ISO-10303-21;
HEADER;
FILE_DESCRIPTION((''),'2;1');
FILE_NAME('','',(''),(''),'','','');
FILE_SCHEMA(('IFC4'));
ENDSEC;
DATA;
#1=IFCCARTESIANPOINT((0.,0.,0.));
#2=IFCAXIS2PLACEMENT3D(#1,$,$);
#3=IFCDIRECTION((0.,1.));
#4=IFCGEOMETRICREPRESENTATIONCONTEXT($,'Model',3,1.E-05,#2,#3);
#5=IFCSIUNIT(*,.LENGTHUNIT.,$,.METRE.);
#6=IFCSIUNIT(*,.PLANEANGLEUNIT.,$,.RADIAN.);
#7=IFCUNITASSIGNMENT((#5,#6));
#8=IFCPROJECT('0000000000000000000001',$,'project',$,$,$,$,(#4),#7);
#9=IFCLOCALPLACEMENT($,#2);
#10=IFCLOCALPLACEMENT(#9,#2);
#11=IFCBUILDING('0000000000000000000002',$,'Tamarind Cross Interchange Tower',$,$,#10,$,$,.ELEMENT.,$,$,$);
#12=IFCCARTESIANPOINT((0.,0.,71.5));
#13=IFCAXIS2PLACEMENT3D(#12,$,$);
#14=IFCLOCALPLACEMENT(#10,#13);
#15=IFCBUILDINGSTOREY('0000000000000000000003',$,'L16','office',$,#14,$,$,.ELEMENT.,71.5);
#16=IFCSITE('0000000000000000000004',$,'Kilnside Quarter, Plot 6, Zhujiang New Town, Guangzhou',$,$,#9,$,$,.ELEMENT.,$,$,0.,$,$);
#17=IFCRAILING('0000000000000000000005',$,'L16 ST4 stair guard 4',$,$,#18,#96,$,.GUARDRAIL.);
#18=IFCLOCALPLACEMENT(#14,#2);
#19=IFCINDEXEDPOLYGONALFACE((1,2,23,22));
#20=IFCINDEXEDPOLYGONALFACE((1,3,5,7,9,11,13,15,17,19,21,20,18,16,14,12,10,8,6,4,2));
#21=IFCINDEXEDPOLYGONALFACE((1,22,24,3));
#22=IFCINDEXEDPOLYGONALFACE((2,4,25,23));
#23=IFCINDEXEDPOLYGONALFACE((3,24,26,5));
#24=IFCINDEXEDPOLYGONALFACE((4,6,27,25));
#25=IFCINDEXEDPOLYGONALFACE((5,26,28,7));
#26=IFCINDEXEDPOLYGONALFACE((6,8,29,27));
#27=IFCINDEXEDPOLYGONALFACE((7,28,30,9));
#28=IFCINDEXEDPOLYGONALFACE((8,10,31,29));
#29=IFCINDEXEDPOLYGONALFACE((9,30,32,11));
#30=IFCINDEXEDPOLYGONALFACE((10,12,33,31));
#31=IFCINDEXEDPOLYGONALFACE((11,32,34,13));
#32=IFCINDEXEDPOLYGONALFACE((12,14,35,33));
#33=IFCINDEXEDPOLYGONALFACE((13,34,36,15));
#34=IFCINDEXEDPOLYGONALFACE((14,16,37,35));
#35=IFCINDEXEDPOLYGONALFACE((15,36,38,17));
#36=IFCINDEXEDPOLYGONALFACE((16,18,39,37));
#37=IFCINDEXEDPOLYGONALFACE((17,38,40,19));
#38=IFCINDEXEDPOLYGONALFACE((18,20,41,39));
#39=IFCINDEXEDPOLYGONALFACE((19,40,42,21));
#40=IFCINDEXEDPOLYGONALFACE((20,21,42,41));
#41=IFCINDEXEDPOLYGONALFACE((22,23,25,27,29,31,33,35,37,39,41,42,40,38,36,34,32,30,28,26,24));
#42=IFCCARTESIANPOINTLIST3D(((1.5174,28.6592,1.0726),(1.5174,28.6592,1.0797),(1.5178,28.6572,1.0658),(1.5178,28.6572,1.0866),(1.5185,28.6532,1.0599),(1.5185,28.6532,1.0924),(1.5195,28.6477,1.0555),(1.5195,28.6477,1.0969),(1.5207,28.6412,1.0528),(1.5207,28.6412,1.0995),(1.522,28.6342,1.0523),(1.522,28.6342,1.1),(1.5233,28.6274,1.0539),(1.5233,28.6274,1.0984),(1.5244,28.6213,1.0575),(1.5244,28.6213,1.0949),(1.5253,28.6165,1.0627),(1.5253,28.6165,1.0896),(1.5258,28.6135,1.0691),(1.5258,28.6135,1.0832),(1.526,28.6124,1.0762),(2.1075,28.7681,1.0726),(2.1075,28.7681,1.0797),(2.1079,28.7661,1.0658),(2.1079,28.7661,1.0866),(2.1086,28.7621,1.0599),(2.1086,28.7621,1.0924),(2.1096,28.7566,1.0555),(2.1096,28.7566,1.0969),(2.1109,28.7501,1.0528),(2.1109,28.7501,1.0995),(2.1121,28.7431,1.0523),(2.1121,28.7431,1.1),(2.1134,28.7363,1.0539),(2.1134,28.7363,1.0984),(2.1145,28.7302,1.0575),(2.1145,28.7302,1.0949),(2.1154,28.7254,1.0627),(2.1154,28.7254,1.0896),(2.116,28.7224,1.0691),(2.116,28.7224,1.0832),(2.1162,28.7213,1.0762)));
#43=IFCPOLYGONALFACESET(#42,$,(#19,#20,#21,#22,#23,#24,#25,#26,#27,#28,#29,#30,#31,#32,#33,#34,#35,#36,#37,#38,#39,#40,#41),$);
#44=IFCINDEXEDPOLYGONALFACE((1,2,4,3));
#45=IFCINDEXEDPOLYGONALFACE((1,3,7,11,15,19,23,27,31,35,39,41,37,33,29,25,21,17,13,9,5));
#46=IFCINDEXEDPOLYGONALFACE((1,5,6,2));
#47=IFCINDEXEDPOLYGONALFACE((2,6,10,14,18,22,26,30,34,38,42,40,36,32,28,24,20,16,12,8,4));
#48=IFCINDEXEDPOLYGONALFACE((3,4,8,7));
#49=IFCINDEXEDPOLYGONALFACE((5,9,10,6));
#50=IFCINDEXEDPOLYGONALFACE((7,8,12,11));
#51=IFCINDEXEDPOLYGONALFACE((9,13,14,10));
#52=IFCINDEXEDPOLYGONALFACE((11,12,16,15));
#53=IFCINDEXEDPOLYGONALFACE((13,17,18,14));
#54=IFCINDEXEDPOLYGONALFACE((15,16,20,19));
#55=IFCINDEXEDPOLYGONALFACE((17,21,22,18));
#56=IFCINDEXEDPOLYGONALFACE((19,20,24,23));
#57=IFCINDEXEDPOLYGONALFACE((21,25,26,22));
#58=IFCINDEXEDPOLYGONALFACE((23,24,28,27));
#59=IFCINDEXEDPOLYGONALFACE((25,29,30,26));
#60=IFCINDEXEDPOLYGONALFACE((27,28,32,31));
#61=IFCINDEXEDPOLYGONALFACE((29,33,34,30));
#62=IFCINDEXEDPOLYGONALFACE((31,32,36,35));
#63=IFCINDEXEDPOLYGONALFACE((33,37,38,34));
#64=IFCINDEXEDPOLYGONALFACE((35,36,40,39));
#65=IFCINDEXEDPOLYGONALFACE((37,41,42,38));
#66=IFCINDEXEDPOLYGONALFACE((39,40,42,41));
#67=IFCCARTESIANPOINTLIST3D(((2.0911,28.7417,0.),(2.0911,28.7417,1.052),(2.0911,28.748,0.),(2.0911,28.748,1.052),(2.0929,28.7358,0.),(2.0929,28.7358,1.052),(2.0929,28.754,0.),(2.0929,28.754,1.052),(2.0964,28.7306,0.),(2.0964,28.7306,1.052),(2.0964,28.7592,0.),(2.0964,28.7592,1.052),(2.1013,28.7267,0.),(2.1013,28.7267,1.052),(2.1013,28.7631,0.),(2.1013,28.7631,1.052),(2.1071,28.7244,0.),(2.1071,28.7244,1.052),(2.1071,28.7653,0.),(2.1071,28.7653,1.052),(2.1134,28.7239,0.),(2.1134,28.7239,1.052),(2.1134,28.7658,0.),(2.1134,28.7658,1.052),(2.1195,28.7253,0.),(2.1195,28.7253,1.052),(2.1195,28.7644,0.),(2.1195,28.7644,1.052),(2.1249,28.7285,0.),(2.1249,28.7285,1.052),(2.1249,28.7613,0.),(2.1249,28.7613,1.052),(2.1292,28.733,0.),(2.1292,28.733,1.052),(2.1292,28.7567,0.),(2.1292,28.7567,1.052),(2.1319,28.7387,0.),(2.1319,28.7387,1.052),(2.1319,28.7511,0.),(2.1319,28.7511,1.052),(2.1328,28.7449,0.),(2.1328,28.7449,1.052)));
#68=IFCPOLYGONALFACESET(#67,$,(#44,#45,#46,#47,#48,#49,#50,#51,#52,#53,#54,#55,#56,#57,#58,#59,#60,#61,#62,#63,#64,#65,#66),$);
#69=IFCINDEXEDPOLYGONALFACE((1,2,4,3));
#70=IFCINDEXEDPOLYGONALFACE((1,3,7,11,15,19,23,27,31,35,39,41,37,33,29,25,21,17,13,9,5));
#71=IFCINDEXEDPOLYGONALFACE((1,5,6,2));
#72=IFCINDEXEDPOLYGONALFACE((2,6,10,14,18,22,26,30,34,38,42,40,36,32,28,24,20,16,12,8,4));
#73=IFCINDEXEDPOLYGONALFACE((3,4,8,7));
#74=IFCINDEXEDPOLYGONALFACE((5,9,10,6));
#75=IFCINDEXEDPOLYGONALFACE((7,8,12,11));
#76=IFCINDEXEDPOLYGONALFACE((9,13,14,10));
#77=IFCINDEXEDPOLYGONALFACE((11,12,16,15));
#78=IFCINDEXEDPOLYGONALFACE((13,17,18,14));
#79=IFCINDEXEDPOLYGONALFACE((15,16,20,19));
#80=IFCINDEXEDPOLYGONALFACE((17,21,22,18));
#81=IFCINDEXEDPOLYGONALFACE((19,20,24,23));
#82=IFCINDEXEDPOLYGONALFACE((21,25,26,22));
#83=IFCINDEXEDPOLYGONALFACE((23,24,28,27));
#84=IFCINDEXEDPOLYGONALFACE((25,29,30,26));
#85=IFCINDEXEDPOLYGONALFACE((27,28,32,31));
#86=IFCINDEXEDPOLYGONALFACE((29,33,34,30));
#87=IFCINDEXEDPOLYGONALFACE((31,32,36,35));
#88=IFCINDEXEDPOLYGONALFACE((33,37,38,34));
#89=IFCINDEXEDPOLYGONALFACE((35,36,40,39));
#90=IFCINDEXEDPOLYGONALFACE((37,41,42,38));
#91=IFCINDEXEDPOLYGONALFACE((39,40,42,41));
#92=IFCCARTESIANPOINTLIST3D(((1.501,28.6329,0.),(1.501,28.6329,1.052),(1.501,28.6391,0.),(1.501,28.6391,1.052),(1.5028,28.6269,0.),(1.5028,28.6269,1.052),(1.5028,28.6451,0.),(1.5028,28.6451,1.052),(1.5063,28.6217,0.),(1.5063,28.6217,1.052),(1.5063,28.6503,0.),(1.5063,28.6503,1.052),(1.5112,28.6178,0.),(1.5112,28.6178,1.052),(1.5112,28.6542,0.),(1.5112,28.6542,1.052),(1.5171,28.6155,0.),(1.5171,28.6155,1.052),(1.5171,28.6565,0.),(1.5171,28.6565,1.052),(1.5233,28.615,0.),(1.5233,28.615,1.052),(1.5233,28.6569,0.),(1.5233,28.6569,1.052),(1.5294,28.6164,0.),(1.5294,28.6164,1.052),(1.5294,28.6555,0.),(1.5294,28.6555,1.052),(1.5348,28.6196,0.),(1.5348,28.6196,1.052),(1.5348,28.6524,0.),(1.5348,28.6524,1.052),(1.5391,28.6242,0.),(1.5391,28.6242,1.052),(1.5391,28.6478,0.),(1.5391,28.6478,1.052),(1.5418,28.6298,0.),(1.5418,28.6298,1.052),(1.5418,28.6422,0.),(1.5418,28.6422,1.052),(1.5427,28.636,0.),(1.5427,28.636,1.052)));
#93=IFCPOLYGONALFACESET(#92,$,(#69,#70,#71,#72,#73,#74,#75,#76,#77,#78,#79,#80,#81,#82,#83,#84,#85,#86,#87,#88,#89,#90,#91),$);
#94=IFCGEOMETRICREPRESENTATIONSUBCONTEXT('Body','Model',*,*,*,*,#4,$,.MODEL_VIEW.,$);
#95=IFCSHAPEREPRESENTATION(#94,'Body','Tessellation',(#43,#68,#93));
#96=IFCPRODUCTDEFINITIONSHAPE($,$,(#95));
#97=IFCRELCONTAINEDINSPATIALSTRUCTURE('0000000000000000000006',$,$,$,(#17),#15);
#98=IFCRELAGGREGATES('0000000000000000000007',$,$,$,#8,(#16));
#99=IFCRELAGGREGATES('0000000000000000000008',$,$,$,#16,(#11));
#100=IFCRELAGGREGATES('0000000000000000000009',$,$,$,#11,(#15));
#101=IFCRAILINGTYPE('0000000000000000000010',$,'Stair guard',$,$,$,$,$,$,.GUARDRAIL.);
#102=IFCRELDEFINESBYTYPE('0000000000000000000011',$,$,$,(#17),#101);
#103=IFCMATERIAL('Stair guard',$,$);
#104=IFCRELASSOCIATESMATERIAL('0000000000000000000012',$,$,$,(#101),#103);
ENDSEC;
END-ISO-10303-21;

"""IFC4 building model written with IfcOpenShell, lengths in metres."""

from ifc_helpers import new_model, si_unit, direction, frame, origin, origin_2d, place, context, subcontext, project, spatial, circle, extrude, material, type_object, element, save


model = new_model("IFC4")

# Units and contexts
model_context = context("Model", 3, precision=1e-05, world=origin(), true_north=direction((0.0, 1.0)))
body_context = subcontext(model_context, "Body", "Model", "MODEL_VIEW")
ifc_project = project(units=[si_unit("LENGTHUNIT", "METRE"), si_unit("PLANEANGLEUNIT", "RADIAN")], contexts=[model_context])

# Site, building, storey
site_placement = place(None, origin())
site = spatial("IfcSite", under=ifc_project, at=site_placement, Name="Kilnside Quarter, Plot 6, Zhujiang New Town, Guangzhou", CompositionType="ELEMENT", RefElevation=0.0)
building_placement = place(site_placement, origin())
building = spatial("IfcBuilding", under=site, at=building_placement, Name="Tamarind Cross Interchange Tower", CompositionType="ELEMENT")
storey_placement = place(building_placement, frame((0.0, 0.0, 71.5)))
storey = spatial("IfcBuildingStorey", under=building, at=storey_placement, Name="L16", Description="office", CompositionType="ELEMENT", Elevation=71.5)

# Railing
ifc_material_1 = material(Name="Stair guard")
railing_type_1 = type_object("IfcRailingType", Name="Stair guard", PredefinedType="GUARDRAIL", material=ifc_material_1)
railing_1_placement = place(storey_placement, frame((2.1118, 28.7449, 0.0)))
element("IfcRailing", 1, at=railing_1_placement, inside=storey, type_object=railing_type_1, Name="L16 ST4 stair guard 4", PredefinedType="GUARDRAIL", context=body_context, shape_type="SweptSolid", body=[
    extrude(circle(Radius=0.0239, at=origin_2d()), frame((0.0, 0.0, 1.0762), z_axis=(-0.983398, -0.181463, 0.0), x_axis=(0.181463, -0.983398, 0.0)), (0.0, 0.0, 1.0), 0.6001),
    extrude(circle(Radius=0.021, at=origin_2d()), origin(), (0.0, 0.0, 1.0), 1.052),
    extrude(circle(Radius=0.021, at=origin_2d()), frame((-0.5901, -0.1089, 0.0)), (0.0, 0.0, 1.0), 1.052),
])

save(model, "model.ifc")
